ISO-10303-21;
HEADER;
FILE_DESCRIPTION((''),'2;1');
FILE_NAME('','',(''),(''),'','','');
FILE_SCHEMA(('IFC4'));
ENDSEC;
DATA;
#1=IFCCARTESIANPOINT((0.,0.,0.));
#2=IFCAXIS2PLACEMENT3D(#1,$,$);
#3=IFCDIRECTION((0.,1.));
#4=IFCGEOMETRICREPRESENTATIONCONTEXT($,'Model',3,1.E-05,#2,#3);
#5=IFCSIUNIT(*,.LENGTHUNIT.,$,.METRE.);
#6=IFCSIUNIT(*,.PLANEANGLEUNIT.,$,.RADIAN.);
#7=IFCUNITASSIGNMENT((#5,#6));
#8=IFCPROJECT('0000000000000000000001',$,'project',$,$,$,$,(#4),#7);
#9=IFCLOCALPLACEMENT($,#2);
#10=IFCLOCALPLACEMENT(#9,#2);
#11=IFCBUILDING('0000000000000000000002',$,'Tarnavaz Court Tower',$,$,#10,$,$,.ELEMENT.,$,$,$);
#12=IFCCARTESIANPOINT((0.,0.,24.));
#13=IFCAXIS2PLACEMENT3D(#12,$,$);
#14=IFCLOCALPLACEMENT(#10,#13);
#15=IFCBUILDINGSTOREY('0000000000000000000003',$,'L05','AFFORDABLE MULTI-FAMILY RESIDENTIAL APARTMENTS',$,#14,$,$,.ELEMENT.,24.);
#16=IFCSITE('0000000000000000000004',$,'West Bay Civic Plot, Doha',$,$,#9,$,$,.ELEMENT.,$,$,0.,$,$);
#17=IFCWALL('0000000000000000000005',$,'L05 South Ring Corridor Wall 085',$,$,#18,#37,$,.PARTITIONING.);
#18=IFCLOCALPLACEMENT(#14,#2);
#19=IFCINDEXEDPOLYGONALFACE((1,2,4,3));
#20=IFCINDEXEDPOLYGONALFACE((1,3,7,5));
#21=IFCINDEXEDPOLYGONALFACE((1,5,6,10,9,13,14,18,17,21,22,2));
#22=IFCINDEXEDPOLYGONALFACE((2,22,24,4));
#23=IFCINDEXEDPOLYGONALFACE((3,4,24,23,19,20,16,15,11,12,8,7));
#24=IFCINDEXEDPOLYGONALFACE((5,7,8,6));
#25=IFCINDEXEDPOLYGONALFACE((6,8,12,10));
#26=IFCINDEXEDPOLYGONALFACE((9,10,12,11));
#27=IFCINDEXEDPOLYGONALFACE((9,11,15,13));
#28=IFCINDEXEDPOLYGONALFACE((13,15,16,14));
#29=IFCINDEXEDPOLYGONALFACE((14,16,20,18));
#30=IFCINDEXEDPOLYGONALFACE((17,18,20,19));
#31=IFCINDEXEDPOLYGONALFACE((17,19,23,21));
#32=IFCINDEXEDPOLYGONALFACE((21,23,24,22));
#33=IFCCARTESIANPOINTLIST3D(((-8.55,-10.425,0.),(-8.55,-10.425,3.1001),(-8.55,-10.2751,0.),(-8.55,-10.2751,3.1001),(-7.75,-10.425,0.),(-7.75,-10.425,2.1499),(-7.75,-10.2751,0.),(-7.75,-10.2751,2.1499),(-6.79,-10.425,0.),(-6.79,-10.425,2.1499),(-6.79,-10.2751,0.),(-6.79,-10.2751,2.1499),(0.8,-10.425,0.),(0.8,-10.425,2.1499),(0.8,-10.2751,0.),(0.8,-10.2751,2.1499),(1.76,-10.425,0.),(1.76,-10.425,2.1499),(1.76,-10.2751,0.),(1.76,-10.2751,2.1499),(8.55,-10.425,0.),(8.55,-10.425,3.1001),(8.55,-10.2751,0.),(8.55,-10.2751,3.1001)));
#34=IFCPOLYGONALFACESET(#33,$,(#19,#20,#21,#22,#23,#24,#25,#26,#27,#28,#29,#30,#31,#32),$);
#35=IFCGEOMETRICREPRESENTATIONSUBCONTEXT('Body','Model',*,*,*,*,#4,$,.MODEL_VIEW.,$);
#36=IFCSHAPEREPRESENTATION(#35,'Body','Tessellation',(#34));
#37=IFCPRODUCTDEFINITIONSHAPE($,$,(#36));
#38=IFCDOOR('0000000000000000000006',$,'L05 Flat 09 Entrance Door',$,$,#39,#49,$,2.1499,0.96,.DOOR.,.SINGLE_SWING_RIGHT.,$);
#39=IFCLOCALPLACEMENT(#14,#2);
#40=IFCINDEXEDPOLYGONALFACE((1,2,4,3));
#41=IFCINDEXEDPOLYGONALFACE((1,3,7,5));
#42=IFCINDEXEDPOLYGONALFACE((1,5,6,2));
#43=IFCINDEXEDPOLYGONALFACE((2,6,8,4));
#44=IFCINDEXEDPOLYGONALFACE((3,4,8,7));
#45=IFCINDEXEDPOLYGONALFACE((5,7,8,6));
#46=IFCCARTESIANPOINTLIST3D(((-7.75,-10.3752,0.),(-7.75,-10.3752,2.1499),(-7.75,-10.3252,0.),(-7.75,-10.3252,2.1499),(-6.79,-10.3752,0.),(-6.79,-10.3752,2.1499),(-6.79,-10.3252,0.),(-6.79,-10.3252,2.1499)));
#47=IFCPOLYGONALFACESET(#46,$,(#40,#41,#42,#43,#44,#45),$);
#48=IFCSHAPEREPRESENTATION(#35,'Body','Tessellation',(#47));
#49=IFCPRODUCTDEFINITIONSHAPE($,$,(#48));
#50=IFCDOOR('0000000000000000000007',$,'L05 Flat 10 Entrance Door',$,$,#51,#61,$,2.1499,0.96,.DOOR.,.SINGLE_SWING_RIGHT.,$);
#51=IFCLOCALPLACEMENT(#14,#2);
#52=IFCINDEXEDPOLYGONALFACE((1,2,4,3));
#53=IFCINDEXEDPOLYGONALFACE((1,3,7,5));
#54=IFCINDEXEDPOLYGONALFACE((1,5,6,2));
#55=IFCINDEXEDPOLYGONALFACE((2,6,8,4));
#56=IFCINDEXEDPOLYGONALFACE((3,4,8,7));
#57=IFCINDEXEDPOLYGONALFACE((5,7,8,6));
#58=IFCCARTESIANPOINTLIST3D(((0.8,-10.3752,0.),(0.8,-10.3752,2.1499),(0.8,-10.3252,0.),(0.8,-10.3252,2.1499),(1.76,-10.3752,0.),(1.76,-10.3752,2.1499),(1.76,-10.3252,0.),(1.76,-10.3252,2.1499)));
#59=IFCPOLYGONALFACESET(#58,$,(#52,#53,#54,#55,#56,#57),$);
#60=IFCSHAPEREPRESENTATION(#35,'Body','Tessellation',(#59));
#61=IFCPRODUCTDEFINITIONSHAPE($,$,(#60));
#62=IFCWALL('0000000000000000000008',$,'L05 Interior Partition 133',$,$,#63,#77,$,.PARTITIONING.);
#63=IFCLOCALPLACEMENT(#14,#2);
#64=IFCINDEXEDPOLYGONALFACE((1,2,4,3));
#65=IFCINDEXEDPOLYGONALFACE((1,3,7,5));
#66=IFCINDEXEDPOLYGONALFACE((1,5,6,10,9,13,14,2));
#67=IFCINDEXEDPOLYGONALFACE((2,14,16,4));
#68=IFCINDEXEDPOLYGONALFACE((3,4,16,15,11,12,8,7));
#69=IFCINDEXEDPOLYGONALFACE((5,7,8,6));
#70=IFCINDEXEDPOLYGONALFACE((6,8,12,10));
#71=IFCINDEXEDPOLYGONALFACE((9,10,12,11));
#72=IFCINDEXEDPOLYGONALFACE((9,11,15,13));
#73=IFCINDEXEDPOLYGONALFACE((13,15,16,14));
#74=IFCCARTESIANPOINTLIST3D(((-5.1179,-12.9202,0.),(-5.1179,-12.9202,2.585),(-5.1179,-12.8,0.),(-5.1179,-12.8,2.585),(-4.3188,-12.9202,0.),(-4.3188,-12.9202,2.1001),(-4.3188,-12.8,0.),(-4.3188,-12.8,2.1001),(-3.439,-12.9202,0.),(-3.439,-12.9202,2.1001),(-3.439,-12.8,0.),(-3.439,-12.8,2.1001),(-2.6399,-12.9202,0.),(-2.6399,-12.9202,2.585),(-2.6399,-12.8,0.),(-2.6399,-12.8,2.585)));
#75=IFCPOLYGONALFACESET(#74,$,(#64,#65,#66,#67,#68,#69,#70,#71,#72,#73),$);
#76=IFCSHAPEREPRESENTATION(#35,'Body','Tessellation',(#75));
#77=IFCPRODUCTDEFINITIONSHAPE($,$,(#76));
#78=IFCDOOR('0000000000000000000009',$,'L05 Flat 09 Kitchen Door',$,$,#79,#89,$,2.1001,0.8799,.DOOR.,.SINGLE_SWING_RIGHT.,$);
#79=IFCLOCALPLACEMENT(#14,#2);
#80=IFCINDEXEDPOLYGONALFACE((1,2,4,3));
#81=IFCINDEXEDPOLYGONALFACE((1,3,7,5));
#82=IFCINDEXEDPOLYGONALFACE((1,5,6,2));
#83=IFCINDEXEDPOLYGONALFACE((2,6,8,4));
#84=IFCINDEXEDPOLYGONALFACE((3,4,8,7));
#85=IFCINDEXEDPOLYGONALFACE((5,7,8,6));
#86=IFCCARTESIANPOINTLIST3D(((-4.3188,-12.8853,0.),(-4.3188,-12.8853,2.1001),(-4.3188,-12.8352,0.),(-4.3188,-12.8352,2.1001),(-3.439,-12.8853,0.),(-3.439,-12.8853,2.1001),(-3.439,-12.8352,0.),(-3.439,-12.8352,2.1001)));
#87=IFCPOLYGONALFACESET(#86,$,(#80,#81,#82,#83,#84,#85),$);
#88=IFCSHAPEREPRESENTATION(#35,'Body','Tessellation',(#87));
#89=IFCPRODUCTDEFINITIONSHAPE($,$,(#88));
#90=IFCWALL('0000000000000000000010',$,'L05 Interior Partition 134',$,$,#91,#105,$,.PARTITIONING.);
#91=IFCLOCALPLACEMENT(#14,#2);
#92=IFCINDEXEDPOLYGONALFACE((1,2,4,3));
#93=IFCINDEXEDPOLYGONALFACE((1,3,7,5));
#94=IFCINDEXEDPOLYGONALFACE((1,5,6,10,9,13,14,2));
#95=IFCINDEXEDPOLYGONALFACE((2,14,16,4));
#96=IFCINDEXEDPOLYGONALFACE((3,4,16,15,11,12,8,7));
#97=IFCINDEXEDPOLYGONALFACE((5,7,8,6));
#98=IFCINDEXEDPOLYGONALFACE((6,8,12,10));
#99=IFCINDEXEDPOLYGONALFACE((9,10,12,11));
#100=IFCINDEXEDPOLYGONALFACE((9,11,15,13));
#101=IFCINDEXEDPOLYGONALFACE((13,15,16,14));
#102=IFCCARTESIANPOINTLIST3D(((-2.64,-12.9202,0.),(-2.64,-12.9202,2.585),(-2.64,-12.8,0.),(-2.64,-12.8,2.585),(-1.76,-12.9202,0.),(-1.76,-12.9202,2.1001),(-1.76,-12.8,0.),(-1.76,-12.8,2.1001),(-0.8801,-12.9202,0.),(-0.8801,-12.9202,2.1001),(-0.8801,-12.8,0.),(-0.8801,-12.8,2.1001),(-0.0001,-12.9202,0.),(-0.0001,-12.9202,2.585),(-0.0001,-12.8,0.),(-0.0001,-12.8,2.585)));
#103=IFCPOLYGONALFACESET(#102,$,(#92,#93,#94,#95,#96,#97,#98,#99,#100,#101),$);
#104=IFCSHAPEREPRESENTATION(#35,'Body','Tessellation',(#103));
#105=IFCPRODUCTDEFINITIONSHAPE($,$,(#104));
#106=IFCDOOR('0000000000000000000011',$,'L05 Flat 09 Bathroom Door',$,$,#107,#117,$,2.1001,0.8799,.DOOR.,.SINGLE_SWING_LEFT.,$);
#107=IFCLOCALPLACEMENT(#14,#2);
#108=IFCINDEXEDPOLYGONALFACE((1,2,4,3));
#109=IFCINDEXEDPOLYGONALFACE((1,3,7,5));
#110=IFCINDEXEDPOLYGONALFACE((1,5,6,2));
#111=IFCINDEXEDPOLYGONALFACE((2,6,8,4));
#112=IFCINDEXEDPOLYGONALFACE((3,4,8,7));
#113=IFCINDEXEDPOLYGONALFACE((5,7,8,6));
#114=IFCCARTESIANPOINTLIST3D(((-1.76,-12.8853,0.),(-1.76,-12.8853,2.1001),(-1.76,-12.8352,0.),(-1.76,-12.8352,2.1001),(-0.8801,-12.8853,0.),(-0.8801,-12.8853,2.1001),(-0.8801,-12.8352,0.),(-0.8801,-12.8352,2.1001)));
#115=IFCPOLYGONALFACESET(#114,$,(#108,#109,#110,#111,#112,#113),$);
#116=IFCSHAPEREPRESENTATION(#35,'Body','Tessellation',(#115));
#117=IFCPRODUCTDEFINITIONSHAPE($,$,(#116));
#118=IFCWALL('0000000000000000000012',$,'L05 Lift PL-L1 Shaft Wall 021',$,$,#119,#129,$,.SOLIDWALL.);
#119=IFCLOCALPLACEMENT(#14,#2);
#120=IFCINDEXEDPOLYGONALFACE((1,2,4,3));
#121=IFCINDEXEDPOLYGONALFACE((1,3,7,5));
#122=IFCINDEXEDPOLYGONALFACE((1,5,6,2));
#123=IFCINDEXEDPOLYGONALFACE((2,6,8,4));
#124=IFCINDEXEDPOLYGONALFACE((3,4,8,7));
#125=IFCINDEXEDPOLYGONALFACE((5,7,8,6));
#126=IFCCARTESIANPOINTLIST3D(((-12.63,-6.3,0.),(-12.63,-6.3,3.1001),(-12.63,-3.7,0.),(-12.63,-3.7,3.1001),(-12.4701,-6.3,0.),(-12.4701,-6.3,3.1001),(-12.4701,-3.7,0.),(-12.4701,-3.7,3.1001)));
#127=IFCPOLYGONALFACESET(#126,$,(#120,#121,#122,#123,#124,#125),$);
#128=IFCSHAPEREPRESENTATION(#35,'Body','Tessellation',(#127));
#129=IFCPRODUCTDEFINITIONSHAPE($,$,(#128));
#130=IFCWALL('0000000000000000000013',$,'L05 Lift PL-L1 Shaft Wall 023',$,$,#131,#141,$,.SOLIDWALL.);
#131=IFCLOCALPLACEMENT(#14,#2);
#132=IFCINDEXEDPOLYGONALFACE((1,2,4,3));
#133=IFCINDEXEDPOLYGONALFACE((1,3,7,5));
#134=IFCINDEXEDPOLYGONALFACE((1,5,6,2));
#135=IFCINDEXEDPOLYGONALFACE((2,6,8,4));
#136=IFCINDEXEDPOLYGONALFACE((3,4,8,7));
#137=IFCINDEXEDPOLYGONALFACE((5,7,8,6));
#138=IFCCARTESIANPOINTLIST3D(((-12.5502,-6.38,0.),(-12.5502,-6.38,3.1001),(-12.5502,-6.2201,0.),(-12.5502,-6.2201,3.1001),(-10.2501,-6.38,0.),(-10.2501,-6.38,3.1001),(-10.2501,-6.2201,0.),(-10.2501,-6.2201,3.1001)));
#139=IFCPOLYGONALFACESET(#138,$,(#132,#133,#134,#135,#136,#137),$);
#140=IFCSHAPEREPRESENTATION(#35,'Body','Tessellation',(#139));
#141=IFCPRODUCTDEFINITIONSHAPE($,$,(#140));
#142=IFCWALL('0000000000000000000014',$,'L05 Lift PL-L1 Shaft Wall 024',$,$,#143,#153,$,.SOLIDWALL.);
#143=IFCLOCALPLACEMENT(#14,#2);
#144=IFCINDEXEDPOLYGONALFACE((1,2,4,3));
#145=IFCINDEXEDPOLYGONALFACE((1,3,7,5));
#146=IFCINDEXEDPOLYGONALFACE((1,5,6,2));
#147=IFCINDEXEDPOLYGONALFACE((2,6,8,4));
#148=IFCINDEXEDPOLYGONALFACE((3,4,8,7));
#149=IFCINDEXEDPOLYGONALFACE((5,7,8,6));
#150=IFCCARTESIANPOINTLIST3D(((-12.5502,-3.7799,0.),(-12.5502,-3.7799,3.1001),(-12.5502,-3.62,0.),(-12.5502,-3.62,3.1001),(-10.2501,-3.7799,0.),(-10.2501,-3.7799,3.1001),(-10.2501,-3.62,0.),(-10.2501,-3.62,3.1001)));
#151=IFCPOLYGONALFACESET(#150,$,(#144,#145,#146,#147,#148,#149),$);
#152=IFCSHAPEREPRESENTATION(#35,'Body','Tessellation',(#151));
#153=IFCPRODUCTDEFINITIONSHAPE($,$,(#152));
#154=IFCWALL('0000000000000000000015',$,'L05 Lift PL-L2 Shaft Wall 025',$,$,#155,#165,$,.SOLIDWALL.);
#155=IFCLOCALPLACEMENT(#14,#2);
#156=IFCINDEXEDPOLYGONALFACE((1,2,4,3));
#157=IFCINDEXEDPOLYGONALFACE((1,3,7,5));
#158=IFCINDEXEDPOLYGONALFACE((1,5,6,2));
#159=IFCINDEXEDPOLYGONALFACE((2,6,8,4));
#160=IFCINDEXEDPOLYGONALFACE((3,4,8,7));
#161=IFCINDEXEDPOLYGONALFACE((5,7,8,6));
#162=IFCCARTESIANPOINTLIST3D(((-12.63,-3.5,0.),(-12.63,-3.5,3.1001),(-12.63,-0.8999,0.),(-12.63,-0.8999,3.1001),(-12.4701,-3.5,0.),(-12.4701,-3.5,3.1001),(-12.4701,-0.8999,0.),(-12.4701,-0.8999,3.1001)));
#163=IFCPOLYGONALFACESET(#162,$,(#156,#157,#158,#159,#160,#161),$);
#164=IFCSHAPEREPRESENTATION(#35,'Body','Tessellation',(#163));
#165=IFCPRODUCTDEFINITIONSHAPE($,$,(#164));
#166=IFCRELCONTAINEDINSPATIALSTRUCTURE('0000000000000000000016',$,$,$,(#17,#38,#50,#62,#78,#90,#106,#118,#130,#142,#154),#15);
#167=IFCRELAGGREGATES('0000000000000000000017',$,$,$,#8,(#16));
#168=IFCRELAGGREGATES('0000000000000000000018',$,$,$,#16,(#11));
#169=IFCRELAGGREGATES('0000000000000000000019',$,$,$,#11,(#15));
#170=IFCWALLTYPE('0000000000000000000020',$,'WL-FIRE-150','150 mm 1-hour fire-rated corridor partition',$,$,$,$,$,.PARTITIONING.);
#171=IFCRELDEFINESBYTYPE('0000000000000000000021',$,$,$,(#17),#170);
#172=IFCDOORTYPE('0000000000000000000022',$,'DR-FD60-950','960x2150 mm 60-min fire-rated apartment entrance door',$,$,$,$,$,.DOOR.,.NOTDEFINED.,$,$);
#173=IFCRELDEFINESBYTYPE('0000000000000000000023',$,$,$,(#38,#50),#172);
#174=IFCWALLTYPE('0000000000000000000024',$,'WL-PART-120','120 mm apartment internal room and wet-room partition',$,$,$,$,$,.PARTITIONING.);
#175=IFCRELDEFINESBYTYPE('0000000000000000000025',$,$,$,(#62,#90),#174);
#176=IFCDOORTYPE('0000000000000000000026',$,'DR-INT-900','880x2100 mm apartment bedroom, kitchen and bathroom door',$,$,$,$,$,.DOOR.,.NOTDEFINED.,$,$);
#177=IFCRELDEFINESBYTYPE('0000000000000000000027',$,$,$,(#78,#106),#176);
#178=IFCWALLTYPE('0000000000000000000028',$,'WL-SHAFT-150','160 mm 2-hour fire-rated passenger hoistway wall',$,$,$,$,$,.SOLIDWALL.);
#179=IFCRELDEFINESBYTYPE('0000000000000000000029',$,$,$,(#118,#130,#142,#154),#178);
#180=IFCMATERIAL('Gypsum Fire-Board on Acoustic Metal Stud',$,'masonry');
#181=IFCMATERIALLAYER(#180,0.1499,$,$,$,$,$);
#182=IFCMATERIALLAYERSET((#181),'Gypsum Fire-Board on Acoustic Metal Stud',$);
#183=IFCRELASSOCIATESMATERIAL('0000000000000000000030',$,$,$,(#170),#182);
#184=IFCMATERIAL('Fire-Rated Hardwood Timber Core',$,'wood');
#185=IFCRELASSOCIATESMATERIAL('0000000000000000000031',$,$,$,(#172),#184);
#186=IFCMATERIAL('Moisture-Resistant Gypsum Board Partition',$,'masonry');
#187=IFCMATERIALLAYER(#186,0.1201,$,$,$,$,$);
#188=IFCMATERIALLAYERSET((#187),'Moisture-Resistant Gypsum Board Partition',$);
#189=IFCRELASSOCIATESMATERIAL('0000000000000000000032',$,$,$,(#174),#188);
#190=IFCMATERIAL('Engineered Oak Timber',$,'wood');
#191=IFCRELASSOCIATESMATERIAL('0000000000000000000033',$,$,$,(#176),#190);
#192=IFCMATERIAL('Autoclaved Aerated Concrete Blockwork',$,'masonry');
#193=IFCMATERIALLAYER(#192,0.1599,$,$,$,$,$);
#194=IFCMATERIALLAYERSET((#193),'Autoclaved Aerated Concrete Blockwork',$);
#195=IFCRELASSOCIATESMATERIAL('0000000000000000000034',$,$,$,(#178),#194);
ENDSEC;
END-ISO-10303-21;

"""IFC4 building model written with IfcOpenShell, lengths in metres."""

from ifc_helpers import new_model, si_unit, direction, frame, frame_2d, origin, place, context, subcontext, project, spatial, rectangle, extrude, material, layer, layer_set, type_object, element, fill, save


model = new_model("IFC4")

# Units and contexts
model_context = context("Model", 3, precision=1e-05, world=origin(), true_north=direction((0.0, 1.0)))
body_context = subcontext(model_context, "Body", "Model", "MODEL_VIEW")
ifc_project = project(units=[si_unit("LENGTHUNIT", "METRE"), si_unit("PLANEANGLEUNIT", "RADIAN")], contexts=[model_context])

# Site, building, storey
site_placement = place(None, origin())
site = spatial("IfcSite", under=ifc_project, at=site_placement, Name="West Bay Civic Plot, Doha", CompositionType="ELEMENT", RefElevation=0.0)
building_placement = place(site_placement, origin())
building = spatial("IfcBuilding", under=site, at=building_placement, Name="Tarnavaz Court Tower", CompositionType="ELEMENT")
storey_placement = place(building_placement, frame((0.0, 0.0, 24.0)))
storey = spatial("IfcBuildingStorey", under=building, at=storey_placement, Name="L05", Description="AFFORDABLE MULTI-FAMILY RESIDENTIAL APARTMENTS", CompositionType="ELEMENT", Elevation=24.0)

# Wall, openings, doors
ifc_material_1 = material(Name="Gypsum Fire-Board on Acoustic Metal Stud", Category="masonry")
ifc_layer_1 = layer(ifc_material_1, 0.1499)
ifc_layer_set_1 = layer_set([ifc_layer_1], Name="Gypsum Fire-Board on Acoustic Metal Stud")
wall_type_1 = type_object("IfcWallType", Name="WL-FIRE-150", Description="150 mm 1-hour fire-rated corridor partition", PredefinedType="PARTITIONING", material=ifc_layer_set_1)
wall_1_placement = place(storey_placement, frame((-8.55, -10.3501, 0.0), z_axis=(0.0, 0.0, 1.0), x_axis=(1.0, 0.0, 0.0)))
wall_1 = element("IfcWall", 1, at=wall_1_placement, inside=storey, type_object=wall_type_1, Name="L05 South Ring Corridor Wall 085", PredefinedType="PARTITIONING", context=body_context, shape_type="SweptSolid", body=[
    extrude(rectangle(XDim=17.1001, YDim=0.1499, at=frame_2d((8.55, 0.0))), origin(), (0.0, 0.0, 1.0), 3.1001),
])
opening_1_placement = place(wall_1_placement, frame((0.8, 0.0, 0.0)))
opening_1 = element("IfcOpeningElement", 2, at=opening_1_placement, cuts=wall_1, PredefinedType="OPENING", context=body_context, shape_type="SweptSolid", body=[
    extrude(rectangle(XDim=0.96, YDim=2.1499, at=frame_2d((0.48, 1.075))), frame((0.0, 0.085, 0.0), z_axis=(0.0, -1.0, 0.0), x_axis=(1.0, 0.0, 0.0)), (0.0, 0.0, 1.0), 0.1699),
])
opening_2_placement = place(wall_1_placement, frame((9.3501, 0.0, 0.0)))
opening_2 = element("IfcOpeningElement", 3, at=opening_2_placement, cuts=wall_1, PredefinedType="OPENING", context=body_context, shape_type="SweptSolid", body=[
    extrude(rectangle(XDim=0.96, YDim=2.1499, at=frame_2d((0.48, 1.075))), frame((0.0, 0.085, 0.0), z_axis=(0.0, -1.0, 0.0), x_axis=(1.0, 0.0, 0.0)), (0.0, 0.0, 1.0), 0.1699),
])
ifc_material_2 = material(Name="Fire-Rated Hardwood Timber Core", Category="wood")
door_type_1 = type_object("IfcDoorType", Name="DR-FD60-950", Description="960x2150 mm 60-min fire-rated apartment entrance door", OperationType="NOTDEFINED", PredefinedType="DOOR", material=ifc_material_2)
door_1_placement = place(opening_1_placement, origin())
door_1 = element("IfcDoor", 4, at=door_1_placement, inside=storey, type_object=door_type_1, Name="L05 Flat 09 Entrance Door", OperationType="SINGLE_SWING_RIGHT", OverallHeight=2.1499, OverallWidth=0.96, PredefinedType="DOOR", context=body_context, shape_type="SweptSolid", body=[
    extrude(rectangle(XDim=0.96, YDim=2.1499, at=frame_2d((0.48, 1.075))), frame((0.0, 0.0249, 0.0), z_axis=(0.0, -1.0, 0.0), x_axis=(1.0, 0.0, 0.0)), (0.0, 0.0, 1.0), 0.05),
])
fill(opening_1, door_1)
door_2_placement = place(opening_2_placement, origin())
door_2 = element("IfcDoor", 5, at=door_2_placement, inside=storey, type_object=door_type_1, Name="L05 Flat 10 Entrance Door", OperationType="SINGLE_SWING_RIGHT", OverallHeight=2.1499, OverallWidth=0.96, PredefinedType="DOOR", context=body_context, shape_type="SweptSolid", body=[
    extrude(rectangle(XDim=0.96, YDim=2.1499, at=frame_2d((0.48, 1.075))), frame((0.0, 0.0249, 0.0), z_axis=(0.0, -1.0, 0.0), x_axis=(1.0, 0.0, 0.0)), (0.0, 0.0, 1.0), 0.05),
])
fill(opening_2, door_2)

# Walls, openings, doors
ifc_material_3 = material(Name="Moisture-Resistant Gypsum Board Partition", Category="masonry")
ifc_layer_2 = layer(ifc_material_3, 0.1201)
ifc_layer_set_2 = layer_set([ifc_layer_2], Name="Moisture-Resistant Gypsum Board Partition")
wall_type_2 = type_object("IfcWallType", Name="WL-PART-120", Description="120 mm apartment internal room and wet-room partition", PredefinedType="PARTITIONING", material=ifc_layer_set_2)
wall_2_placement = place(storey_placement, frame((-5.1179, -12.8601, 0.0), z_axis=(0.0, 0.0, 1.0), x_axis=(1.0, 0.0, 0.0)))
wall_2 = element("IfcWall", 6, at=wall_2_placement, inside=storey, type_object=wall_type_2, Name="L05 Interior Partition 133", PredefinedType="PARTITIONING", context=body_context, shape_type="SweptSolid", body=[
    extrude(rectangle(XDim=2.478, YDim=0.1201, at=frame_2d((1.239, 0.0))), origin(), (0.0, 0.0, 1.0), 2.585),
])
opening_3_placement = place(wall_2_placement, frame((0.7991, 0.0, 0.0)))
opening_3 = element("IfcOpeningElement", 7, at=opening_3_placement, cuts=wall_2, PredefinedType="OPENING", context=body_context, shape_type="SweptSolid", body=[
    extrude(rectangle(XDim=0.8799, YDim=2.1001, at=frame_2d((0.4399, 1.05))), frame((0.0, 0.0701, 0.0), z_axis=(0.0, -1.0, 0.0), x_axis=(1.0, 0.0, 0.0)), (0.0, 0.0, 1.0), 0.1401),
])
ifc_material_4 = material(Name="Engineered Oak Timber", Category="wood")
door_type_2 = type_object("IfcDoorType", Name="DR-INT-900", Description="880x2100 mm apartment bedroom, kitchen and bathroom door", OperationType="NOTDEFINED", PredefinedType="DOOR", material=ifc_material_4)
door_3_placement = place(opening_3_placement, origin())
door_3 = element("IfcDoor", 8, at=door_3_placement, inside=storey, type_object=door_type_2, Name="L05 Flat 09 Kitchen Door", OperationType="SINGLE_SWING_RIGHT", OverallHeight=2.1001, OverallWidth=0.8799, PredefinedType="DOOR", context=body_context, shape_type="SweptSolid", body=[
    extrude(rectangle(XDim=0.8799, YDim=2.1001, at=frame_2d((0.4399, 1.05))), frame((0.0, 0.0249, 0.0), z_axis=(0.0, -1.0, 0.0), x_axis=(1.0, 0.0, 0.0)), (0.0, 0.0, 1.0), 0.05),
])
fill(opening_3, door_3)
wall_3_placement = place(storey_placement, frame((-2.6399, -12.8601, 0.0), z_axis=(0.0, 0.0, 1.0), x_axis=(1.0, 0.0, 0.0)))
wall_3 = element("IfcWall", 9, at=wall_3_placement, inside=storey, type_object=wall_type_2, Name="L05 Interior Partition 134", PredefinedType="PARTITIONING", context=body_context, shape_type="SweptSolid", body=[
    extrude(rectangle(XDim=2.6399, YDim=0.1201, at=frame_2d((1.3198, 0.0))), origin(), (0.0, 0.0, 1.0), 2.585),
])
opening_4_placement = place(wall_3_placement, frame((0.8799, 0.0, 0.0)))
opening_4 = element("IfcOpeningElement", 10, at=opening_4_placement, cuts=wall_3, PredefinedType="OPENING", context=body_context, shape_type="SweptSolid", body=[
    extrude(rectangle(XDim=0.8799, YDim=2.1001, at=frame_2d((0.4399, 1.05))), frame((0.0, 0.0701, 0.0), z_axis=(0.0, -1.0, 0.0), x_axis=(1.0, 0.0, 0.0)), (0.0, 0.0, 1.0), 0.1401),
])
door_4_placement = place(opening_4_placement, origin())
door_4 = element("IfcDoor", 11, at=door_4_placement, inside=storey, type_object=door_type_2, Name="L05 Flat 09 Bathroom Door", OperationType="SINGLE_SWING_LEFT", OverallHeight=2.1001, OverallWidth=0.8799, PredefinedType="DOOR", context=body_context, shape_type="SweptSolid", body=[
    extrude(rectangle(XDim=0.8799, YDim=2.1001, at=frame_2d((0.4399, 1.05))), frame((0.0, 0.0249, 0.0), z_axis=(0.0, -1.0, 0.0), x_axis=(1.0, 0.0, 0.0)), (0.0, 0.0, 1.0), 0.05),
])
fill(opening_4, door_4)

# Wall
ifc_material_5 = material(Name="Autoclaved Aerated Concrete Blockwork", Category="masonry")
ifc_layer_3 = layer(ifc_material_5, 0.1599)
ifc_layer_set_3 = layer_set([ifc_layer_3], Name="Autoclaved Aerated Concrete Blockwork")
wall_type_3 = type_object("IfcWallType", Name="WL-SHAFT-150", Description="160 mm 2-hour fire-rated passenger hoistway wall", PredefinedType="SOLIDWALL", material=ifc_layer_set_3)
wall_4_placement = place(storey_placement, frame((-12.55, -6.3, 0.0), z_axis=(0.0, 0.0, 1.0), x_axis=(0.0, 1.0, 0.0)))
element("IfcWall", 12, at=wall_4_placement, inside=storey, type_object=wall_type_3, Name="L05 Lift PL-L1 Shaft Wall 021", PredefinedType="SOLIDWALL", context=body_context, shape_type="SweptSolid", body=[
    extrude(rectangle(XDim=2.6001, YDim=0.1599, at=frame_2d((1.3, 0.0))), origin(), (0.0, 0.0, 1.0), 3.1001),
])

# Walls
for number, where, z_axis, x_axis, name in (
    (13, (-12.55, -6.3, 0.0), (0.0, 0.0, 1.0), (1.0, 0.0, 0.0), "L05 Lift PL-L1 Shaft Wall 023"),
    (14, (-12.55, -3.7, 0.0), (0.0, 0.0, 1.0), (1.0, 0.0, 0.0), "L05 Lift PL-L1 Shaft Wall 024"),
):
    element("IfcWall", number, at=place(storey_placement, frame(where, z_axis=z_axis, x_axis=x_axis)), inside=storey, type_object=wall_type_3, Name=name, PredefinedType="SOLIDWALL", context=body_context, shape_type="SweptSolid", body=[
        extrude(rectangle(XDim=2.3, YDim=0.1599, at=frame_2d((1.1499, 0.0))), origin(), (0.0, 0.0, 1.0), 3.1001),
    ])
wall_5_placement = place(storey_placement, frame((-12.55, -3.5, 0.0), z_axis=(0.0, 0.0, 1.0), x_axis=(0.0, 1.0, 0.0)))
element("IfcWall", 15, at=wall_5_placement, inside=storey, type_object=wall_type_3, Name="L05 Lift PL-L2 Shaft Wall 025", PredefinedType="SOLIDWALL", context=body_context, shape_type="SweptSolid", body=[
    extrude(rectangle(XDim=2.6001, YDim=0.1599, at=frame_2d((1.3, 0.0))), origin(), (0.0, 0.0, 1.0), 3.1001),
])

save(model, "model.ifc")
